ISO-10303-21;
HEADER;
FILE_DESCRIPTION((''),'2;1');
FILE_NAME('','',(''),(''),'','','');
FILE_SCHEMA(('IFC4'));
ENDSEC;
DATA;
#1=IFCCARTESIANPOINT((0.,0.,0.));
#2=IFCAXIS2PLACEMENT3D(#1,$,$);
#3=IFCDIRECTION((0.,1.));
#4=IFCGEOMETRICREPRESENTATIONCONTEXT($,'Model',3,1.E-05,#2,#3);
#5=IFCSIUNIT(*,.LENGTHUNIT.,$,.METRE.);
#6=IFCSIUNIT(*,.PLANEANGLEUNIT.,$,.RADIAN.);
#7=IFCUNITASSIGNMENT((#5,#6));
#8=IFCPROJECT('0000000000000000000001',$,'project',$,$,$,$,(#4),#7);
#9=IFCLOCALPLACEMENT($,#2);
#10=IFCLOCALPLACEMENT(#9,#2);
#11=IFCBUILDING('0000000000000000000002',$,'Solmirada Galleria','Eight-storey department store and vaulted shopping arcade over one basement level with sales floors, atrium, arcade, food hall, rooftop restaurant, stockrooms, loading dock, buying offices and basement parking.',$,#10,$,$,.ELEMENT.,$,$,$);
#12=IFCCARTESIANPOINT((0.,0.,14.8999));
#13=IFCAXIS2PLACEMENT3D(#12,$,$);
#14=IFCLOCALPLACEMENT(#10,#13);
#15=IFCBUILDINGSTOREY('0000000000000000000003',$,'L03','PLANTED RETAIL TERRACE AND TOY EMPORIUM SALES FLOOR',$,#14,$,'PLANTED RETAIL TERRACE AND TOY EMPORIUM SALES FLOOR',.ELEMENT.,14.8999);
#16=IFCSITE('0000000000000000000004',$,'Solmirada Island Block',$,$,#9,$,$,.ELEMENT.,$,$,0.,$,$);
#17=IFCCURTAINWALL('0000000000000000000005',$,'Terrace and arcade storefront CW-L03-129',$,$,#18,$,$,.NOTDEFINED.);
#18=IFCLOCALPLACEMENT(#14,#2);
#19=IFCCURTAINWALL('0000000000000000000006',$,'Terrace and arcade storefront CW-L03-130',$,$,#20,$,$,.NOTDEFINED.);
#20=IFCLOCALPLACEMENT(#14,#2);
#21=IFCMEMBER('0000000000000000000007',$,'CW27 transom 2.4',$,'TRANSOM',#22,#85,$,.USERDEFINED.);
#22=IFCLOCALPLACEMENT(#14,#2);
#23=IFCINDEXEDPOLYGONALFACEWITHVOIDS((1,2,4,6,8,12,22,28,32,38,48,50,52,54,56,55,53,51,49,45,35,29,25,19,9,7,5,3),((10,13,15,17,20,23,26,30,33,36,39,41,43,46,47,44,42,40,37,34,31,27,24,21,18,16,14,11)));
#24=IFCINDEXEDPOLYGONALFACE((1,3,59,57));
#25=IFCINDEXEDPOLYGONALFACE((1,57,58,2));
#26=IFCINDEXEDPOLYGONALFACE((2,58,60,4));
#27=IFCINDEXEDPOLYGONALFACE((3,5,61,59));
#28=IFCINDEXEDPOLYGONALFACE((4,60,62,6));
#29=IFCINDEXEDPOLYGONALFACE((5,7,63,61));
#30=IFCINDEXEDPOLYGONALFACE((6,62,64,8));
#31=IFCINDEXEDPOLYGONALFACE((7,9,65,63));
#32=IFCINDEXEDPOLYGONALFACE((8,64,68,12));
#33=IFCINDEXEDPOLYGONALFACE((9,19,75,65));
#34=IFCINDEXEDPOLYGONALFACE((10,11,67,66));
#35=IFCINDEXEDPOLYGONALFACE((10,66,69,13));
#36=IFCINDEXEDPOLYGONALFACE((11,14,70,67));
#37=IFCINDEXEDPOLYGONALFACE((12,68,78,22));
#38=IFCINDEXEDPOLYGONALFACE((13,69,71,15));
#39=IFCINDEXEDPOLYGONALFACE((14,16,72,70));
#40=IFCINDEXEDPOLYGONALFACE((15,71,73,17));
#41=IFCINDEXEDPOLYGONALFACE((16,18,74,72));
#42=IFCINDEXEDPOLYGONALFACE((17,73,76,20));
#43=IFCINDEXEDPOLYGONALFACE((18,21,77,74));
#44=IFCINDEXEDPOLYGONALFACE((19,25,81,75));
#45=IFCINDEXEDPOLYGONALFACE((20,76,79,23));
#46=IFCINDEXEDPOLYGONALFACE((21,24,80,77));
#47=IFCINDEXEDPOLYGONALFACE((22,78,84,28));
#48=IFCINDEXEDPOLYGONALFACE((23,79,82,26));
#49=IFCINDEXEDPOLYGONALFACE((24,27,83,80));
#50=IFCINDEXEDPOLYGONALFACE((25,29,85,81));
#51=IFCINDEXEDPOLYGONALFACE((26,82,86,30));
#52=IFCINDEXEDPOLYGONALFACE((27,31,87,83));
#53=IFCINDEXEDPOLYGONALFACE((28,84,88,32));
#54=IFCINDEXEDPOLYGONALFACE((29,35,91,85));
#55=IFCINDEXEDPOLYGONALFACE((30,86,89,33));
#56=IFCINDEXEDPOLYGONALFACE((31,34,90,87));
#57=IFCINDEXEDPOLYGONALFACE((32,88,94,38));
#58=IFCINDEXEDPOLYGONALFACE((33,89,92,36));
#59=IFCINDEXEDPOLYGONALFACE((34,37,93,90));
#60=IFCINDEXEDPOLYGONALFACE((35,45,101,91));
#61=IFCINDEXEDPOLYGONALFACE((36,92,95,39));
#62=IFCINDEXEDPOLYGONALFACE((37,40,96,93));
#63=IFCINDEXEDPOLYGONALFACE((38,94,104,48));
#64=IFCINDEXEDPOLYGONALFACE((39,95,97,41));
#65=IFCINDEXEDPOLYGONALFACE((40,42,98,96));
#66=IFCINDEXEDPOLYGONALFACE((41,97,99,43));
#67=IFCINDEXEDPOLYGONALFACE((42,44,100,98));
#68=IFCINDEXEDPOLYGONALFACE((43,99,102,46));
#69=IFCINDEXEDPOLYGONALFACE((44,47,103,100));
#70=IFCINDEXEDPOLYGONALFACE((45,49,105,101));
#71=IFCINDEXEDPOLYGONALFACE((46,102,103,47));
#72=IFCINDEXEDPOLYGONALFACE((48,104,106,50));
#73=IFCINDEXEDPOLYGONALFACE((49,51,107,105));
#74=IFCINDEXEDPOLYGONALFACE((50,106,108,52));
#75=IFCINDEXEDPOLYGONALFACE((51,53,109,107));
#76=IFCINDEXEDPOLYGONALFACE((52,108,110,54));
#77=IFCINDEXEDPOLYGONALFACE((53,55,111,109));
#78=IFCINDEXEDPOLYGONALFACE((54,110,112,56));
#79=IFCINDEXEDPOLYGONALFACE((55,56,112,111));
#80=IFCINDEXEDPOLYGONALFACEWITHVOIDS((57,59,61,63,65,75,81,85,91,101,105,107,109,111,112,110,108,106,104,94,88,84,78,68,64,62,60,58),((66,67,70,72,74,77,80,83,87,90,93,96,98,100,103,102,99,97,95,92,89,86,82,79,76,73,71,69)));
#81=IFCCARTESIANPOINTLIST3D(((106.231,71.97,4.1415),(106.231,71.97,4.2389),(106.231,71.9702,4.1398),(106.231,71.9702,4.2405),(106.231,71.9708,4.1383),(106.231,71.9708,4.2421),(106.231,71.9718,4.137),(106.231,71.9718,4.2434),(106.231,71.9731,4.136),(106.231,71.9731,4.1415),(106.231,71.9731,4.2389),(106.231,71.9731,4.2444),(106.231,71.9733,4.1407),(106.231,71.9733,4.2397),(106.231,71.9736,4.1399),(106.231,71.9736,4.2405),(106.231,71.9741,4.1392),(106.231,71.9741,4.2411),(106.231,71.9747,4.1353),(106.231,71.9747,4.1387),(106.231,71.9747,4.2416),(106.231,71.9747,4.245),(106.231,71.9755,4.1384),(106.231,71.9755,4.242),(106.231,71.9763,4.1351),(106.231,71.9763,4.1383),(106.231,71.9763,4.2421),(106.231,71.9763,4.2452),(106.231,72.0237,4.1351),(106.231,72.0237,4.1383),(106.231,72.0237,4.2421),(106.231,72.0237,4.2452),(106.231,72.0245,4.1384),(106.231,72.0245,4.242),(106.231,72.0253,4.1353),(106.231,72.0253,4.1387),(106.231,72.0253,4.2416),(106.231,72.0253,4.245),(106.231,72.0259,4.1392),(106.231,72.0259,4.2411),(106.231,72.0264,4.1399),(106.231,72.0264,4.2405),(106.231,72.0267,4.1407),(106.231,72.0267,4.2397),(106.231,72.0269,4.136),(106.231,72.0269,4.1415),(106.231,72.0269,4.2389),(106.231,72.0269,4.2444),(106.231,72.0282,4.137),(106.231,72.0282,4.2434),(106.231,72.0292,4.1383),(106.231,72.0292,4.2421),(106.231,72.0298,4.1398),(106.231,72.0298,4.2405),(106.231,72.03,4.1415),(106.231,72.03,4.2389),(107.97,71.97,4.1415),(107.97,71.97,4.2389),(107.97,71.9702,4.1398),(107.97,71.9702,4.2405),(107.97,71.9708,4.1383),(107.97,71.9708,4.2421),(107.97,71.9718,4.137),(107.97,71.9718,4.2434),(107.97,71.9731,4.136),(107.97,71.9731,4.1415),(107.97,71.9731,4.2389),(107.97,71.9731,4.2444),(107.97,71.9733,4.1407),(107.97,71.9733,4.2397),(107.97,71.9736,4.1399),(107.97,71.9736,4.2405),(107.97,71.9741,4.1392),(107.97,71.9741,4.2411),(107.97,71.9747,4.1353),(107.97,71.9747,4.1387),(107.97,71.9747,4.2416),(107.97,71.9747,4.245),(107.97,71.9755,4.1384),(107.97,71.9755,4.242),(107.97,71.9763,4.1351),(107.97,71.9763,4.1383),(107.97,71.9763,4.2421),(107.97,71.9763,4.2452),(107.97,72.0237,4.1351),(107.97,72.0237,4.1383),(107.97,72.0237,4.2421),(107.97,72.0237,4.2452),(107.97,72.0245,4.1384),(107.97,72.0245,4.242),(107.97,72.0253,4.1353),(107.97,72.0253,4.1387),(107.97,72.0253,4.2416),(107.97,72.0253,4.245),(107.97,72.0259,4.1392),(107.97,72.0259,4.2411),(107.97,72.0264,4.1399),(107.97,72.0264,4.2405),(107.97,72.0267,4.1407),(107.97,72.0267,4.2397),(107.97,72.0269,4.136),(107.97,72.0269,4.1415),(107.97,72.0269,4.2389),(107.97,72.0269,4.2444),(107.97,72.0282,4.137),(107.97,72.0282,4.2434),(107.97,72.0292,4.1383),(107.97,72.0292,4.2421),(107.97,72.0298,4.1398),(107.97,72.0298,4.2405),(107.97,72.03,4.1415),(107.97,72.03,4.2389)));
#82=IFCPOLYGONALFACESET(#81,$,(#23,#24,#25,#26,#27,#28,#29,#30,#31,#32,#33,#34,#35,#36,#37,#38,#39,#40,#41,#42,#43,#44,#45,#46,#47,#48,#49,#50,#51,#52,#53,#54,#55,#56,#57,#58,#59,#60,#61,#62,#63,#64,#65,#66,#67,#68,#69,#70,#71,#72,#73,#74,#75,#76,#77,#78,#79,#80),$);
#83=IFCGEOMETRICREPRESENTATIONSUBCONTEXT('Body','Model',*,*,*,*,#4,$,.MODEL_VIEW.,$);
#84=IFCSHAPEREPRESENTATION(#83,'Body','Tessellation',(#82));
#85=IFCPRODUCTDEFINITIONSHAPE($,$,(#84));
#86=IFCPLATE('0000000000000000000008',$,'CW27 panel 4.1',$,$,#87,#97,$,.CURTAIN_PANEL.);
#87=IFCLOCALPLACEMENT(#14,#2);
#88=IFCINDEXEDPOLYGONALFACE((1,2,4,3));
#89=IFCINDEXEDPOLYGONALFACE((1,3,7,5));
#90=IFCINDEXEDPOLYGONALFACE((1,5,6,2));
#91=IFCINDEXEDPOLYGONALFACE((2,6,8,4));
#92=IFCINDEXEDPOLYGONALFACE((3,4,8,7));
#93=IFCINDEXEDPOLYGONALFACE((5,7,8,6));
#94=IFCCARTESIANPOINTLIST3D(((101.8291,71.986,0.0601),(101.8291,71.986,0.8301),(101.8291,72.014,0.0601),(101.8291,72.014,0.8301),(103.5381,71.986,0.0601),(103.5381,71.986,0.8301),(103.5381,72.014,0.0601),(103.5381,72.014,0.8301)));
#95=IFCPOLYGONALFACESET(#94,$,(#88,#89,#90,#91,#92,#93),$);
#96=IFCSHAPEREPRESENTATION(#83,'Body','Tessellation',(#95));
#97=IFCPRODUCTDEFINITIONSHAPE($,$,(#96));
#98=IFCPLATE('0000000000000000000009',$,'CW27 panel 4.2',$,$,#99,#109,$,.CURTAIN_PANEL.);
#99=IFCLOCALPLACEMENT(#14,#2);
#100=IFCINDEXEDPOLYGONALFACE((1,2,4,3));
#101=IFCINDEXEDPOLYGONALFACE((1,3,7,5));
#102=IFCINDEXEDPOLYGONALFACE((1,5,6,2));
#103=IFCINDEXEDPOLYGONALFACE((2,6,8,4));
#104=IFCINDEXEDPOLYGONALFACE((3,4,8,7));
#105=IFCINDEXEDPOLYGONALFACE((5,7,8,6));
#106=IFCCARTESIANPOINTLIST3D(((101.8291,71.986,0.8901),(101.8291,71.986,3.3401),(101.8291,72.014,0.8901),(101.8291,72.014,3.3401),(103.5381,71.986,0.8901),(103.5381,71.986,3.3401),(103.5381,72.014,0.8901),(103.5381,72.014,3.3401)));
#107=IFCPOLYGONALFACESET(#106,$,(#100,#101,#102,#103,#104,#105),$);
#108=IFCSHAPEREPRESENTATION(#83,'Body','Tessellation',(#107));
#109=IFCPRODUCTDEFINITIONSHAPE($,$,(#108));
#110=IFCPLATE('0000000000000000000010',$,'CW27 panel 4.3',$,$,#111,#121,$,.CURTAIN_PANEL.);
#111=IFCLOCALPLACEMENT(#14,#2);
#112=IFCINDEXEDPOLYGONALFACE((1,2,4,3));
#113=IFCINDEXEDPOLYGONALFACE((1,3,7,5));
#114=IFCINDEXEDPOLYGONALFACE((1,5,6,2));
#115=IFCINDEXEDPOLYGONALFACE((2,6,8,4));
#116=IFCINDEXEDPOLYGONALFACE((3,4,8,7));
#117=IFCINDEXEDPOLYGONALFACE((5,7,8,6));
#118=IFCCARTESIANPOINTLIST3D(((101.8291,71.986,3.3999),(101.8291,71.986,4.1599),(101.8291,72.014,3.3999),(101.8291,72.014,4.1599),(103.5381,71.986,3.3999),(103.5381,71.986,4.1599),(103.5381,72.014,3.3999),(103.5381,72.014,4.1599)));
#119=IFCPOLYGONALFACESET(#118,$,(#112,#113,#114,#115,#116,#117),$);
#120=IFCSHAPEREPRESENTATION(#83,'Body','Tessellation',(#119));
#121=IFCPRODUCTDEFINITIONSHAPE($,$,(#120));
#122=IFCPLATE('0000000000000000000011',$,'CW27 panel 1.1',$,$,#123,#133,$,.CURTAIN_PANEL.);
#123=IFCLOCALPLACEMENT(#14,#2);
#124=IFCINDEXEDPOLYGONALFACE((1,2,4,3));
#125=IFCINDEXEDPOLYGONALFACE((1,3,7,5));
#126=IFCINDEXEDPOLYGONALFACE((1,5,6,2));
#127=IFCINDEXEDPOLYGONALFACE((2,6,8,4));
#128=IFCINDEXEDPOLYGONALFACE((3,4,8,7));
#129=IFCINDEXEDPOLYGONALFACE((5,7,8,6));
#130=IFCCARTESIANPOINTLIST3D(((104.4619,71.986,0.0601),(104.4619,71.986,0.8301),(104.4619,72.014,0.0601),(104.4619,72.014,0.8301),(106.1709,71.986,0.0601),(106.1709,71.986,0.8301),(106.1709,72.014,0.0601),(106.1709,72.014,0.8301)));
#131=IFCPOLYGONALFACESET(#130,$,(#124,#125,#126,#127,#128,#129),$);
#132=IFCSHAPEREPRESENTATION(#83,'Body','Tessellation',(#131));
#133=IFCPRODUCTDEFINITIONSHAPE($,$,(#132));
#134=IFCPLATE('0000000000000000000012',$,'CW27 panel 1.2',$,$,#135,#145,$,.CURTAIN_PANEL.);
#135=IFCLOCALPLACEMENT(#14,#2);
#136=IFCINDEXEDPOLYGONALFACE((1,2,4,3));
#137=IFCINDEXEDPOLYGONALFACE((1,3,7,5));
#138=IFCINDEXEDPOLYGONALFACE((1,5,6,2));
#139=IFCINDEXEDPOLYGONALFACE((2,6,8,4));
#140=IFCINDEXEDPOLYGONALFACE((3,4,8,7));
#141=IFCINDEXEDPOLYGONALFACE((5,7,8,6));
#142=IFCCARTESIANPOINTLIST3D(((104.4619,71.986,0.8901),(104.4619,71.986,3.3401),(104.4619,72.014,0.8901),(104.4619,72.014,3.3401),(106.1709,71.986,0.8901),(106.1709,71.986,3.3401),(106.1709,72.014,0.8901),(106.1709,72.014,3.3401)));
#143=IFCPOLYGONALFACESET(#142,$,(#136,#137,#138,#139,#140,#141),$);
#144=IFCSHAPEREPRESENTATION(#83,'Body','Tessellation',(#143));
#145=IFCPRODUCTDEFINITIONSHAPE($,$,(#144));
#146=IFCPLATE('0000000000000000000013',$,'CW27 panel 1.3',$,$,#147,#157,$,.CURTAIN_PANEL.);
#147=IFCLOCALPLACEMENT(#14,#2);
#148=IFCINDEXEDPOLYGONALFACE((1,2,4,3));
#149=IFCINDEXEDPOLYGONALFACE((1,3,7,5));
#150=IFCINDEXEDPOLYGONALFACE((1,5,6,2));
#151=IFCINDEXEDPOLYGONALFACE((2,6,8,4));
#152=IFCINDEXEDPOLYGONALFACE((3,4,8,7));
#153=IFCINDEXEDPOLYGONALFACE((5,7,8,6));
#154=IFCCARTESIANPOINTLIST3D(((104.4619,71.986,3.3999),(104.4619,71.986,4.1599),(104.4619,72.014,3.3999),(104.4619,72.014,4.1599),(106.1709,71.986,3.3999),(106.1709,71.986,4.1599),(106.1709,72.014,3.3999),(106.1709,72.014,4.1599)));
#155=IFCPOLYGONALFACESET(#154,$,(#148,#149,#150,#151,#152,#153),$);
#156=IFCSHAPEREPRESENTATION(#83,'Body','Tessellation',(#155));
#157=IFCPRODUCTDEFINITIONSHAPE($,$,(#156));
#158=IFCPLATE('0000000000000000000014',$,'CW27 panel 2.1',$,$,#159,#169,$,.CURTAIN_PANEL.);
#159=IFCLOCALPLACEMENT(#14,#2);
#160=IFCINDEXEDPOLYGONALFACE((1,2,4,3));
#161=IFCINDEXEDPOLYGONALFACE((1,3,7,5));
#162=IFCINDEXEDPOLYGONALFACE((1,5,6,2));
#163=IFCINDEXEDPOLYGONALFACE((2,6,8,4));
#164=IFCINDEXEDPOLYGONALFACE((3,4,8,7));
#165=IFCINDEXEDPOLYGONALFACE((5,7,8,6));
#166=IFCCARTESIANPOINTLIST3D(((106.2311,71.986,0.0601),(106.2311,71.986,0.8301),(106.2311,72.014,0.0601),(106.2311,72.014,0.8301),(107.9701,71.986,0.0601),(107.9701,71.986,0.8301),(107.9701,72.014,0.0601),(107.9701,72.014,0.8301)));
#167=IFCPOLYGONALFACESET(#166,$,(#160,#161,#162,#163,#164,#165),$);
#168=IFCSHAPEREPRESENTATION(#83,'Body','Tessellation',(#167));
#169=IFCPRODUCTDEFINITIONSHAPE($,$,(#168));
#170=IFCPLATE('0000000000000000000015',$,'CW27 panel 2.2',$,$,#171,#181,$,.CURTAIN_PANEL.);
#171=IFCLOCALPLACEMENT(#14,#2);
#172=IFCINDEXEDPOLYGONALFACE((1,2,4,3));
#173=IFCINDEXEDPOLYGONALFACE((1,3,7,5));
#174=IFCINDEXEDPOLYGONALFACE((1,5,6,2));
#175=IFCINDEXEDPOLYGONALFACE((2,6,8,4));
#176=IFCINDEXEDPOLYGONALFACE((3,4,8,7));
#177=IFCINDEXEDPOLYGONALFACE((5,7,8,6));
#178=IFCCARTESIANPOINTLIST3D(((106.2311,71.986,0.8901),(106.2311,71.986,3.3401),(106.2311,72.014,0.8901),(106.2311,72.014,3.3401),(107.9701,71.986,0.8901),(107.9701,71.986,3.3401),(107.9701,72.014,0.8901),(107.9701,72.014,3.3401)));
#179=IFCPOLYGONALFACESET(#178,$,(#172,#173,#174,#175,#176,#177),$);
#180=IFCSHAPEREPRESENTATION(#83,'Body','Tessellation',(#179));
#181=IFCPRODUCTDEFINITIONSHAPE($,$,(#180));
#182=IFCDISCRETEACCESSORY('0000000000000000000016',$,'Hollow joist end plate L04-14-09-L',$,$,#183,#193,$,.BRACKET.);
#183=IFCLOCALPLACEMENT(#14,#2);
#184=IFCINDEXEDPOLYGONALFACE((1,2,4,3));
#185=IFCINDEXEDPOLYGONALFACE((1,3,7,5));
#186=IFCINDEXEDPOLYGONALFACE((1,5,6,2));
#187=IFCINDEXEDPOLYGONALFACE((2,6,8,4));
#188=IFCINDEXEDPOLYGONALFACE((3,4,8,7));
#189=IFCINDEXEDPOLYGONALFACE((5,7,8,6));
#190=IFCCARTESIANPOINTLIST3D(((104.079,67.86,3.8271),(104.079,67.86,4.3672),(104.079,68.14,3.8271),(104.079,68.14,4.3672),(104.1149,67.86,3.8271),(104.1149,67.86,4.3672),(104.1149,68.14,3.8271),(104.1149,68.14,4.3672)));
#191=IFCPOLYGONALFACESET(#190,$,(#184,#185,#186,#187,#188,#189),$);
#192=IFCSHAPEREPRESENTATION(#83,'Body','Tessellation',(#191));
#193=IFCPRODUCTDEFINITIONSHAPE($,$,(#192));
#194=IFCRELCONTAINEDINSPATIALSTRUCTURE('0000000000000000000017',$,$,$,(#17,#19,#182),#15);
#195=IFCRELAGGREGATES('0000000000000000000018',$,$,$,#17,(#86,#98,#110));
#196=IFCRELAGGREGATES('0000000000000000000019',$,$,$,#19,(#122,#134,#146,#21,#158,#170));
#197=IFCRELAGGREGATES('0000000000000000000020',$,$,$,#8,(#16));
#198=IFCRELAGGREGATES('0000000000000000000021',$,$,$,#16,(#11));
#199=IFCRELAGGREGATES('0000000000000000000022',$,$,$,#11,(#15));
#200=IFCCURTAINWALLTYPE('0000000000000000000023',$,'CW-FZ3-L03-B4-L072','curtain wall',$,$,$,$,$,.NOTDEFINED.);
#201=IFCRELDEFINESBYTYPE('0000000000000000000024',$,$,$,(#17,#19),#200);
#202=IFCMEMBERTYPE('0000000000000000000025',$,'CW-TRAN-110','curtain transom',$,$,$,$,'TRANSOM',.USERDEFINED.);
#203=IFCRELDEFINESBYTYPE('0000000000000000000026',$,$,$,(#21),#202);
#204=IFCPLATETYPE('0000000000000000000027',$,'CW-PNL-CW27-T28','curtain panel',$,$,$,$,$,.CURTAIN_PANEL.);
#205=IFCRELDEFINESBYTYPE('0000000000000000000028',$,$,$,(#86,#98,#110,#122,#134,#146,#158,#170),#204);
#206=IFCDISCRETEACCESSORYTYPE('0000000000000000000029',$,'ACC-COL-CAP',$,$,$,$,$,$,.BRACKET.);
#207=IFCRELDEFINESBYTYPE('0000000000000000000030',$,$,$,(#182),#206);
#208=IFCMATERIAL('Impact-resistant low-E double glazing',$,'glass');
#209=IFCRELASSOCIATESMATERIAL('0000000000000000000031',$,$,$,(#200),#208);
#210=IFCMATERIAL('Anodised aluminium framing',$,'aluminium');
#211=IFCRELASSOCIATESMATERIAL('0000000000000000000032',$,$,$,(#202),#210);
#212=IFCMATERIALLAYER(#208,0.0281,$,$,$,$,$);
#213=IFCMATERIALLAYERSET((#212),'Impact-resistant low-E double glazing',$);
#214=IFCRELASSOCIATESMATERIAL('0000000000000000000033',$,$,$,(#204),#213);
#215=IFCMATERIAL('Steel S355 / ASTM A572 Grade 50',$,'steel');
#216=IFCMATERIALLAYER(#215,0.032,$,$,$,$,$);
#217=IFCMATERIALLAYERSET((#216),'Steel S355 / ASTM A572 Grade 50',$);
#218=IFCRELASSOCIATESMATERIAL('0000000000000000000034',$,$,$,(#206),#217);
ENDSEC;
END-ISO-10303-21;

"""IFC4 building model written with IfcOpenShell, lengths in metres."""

from ifc_helpers import new_model, si_unit, direction, frame, origin, origin_2d, place, context, subcontext, project, spatial, rectangle, hollow_rectangle, extrude, material, layer, layer_set, material_profile, profile_set, type_object, element, aggregate, save


model = new_model("IFC4")

# Units and contexts
model_context = context("Model", 3, precision=1e-05, world=origin(), true_north=direction((0.0, 1.0)))
body_context = subcontext(model_context, "Body", "Model", "MODEL_VIEW")
ifc_project = project(units=[si_unit("LENGTHUNIT", "METRE"), si_unit("PLANEANGLEUNIT", "RADIAN")], contexts=[model_context])

# Site, building, storey
site_placement = place(None, origin())
site = spatial("IfcSite", under=ifc_project, at=site_placement, Name="Solmirada Island Block", CompositionType="ELEMENT", RefElevation=0.0)
building_placement = place(site_placement, origin())
building = spatial("IfcBuilding", under=site, at=building_placement, Name="Solmirada Galleria", Description="Eight-storey department store and vaulted shopping arcade over one basement level with sales floors, atrium, arcade, food hall, rooftop restaurant, stockrooms, loading dock, buying offices and basement parking.", CompositionType="ELEMENT")
storey_placement = place(building_placement, frame((0.0, 0.0, 14.8999)))
storey = spatial("IfcBuildingStorey", under=building, at=storey_placement, Name="L03", Description="PLANTED RETAIL TERRACE AND TOY EMPORIUM SALES FLOOR", LongName="PLANTED RETAIL TERRACE AND TOY EMPORIUM SALES FLOOR", CompositionType="ELEMENT", Elevation=14.8999)

# Curtain wall
ifc_material_1 = material(Name="Impact-resistant low-E double glazing", Category="glass")
curtain_wall_type = type_object("IfcCurtainWallType", Name="CW-FZ3-L03-B4-L072", Description="curtain wall", PredefinedType="NOTDEFINED", material=ifc_material_1)
curtain_wall_1_placement = place(storey_placement, origin())
curtain_wall_1 = element("IfcCurtainWall", 1, at=curtain_wall_1_placement, inside=storey, type_object=curtain_wall_type, Name="Terrace and arcade storefront CW-L03-129", PredefinedType="NOTDEFINED")
ifc_material_2 = material(Name="Anodised aluminium framing", Category="aluminium")

# Curtain wall
curtain_wall_2_placement = place(storey_placement, origin())
curtain_wall_2 = element("IfcCurtainWall", 2, at=curtain_wall_2_placement, inside=storey, type_object=curtain_wall_type, Name="Terrace and arcade storefront CW-L03-130", PredefinedType="NOTDEFINED")

# Member
ifc_material_profile_1 = material_profile(ifc_material_2, hollow_rectangle(XDim=0.0601, YDim=0.1101, WallThickness=0.0032, InnerFilletRadius=0.0032, OuterFilletRadius=0.0063, at=origin_2d()), Name="ALU-TRAN-110X60")
ifc_profile_set_1 = profile_set([ifc_material_profile_1], Name="Anodised aluminium framing")
member_type_1 = type_object("IfcMemberType", Name="CW-TRAN-110", Description="curtain transom", ElementType="TRANSOM", PredefinedType="USERDEFINED", material=ifc_profile_set_1)
member_1_placement = place(storey_placement, frame((106.231, 72.0, 4.1902), z_axis=(1.0, 0.0, 0.0), x_axis=(0.0, 1.0, 0.0)))
member_1 = element("IfcMember", 3, at=member_1_placement, type_object=member_type_1, Name="CW27 transom 2.4", ObjectType="TRANSOM", PredefinedType="USERDEFINED", context=body_context, shape_type="SweptSolid", body=[
    extrude(hollow_rectangle(XDim=0.0601, YDim=0.1101, WallThickness=0.0032, InnerFilletRadius=0.0032, OuterFilletRadius=0.0063, at=origin_2d()), origin(), (0.0, 0.0, 1.0), 1.739),
])

# Plates
ifc_layer_1 = layer(ifc_material_1, 0.0281)
ifc_layer_set_1 = layer_set([ifc_layer_1], Name="Impact-resistant low-E double glazing")
plate_type = type_object("IfcPlateType", Name="CW-PNL-CW27-T28", Description="curtain panel", PredefinedType="CURTAIN_PANEL", material=ifc_layer_set_1)
plate_1_placement = place(storey_placement, frame((102.6836, 72.0, 0.0601), z_axis=(0.0, 0.0, 1.0), x_axis=(1.0, 0.0, 0.0)))
plate_1 = element("IfcPlate", 4, at=plate_1_placement, type_object=plate_type, Name="CW27 panel 4.1", PredefinedType="CURTAIN_PANEL", context=body_context, shape_type="SweptSolid", body=[
    extrude(rectangle(XDim=1.709, YDim=0.0281, at=origin_2d()), origin(), (0.0, 0.0, 1.0), 0.77),
])
plate_2_placement = place(storey_placement, frame((102.6836, 72.0, 0.8901), z_axis=(0.0, 0.0, 1.0), x_axis=(1.0, 0.0, 0.0)))
plate_2 = element("IfcPlate", 5, at=plate_2_placement, type_object=plate_type, Name="CW27 panel 4.2", PredefinedType="CURTAIN_PANEL", context=body_context, shape_type="SweptSolid", body=[
    extrude(rectangle(XDim=1.709, YDim=0.0281, at=origin_2d()), origin(), (0.0, 0.0, 1.0), 2.45),
])
plate_3_placement = place(storey_placement, frame((102.6836, 72.0, 3.3999), z_axis=(0.0, 0.0, 1.0), x_axis=(1.0, 0.0, 0.0)))
plate_3 = element("IfcPlate", 6, at=plate_3_placement, type_object=plate_type, Name="CW27 panel 4.3", PredefinedType="CURTAIN_PANEL", context=body_context, shape_type="SweptSolid", body=[
    extrude(rectangle(XDim=1.709, YDim=0.0281, at=origin_2d()), origin(), (0.0, 0.0, 1.0), 0.76),
])
aggregate(curtain_wall_1, [plate_1, plate_2, plate_3])
plate_4_placement = place(storey_placement, frame((105.3164, 72.0, 0.0601), z_axis=(0.0, 0.0, 1.0), x_axis=(1.0, 0.0, 0.0)))
plate_4 = element("IfcPlate", 7, at=plate_4_placement, type_object=plate_type, Name="CW27 panel 1.1", PredefinedType="CURTAIN_PANEL", context=body_context, shape_type="SweptSolid", body=[
    extrude(rectangle(XDim=1.709, YDim=0.0281, at=origin_2d()), origin(), (0.0, 0.0, 1.0), 0.77),
])
plate_5_placement = place(storey_placement, frame((105.3164, 72.0, 0.8901), z_axis=(0.0, 0.0, 1.0), x_axis=(1.0, 0.0, 0.0)))
plate_5 = element("IfcPlate", 8, at=plate_5_placement, type_object=plate_type, Name="CW27 panel 1.2", PredefinedType="CURTAIN_PANEL", context=body_context, shape_type="SweptSolid", body=[
    extrude(rectangle(XDim=1.709, YDim=0.0281, at=origin_2d()), origin(), (0.0, 0.0, 1.0), 2.45),
])
plate_6_placement = place(storey_placement, frame((105.3164, 72.0, 3.3999), z_axis=(0.0, 0.0, 1.0), x_axis=(1.0, 0.0, 0.0)))
plate_6 = element("IfcPlate", 9, at=plate_6_placement, type_object=plate_type, Name="CW27 panel 1.3", PredefinedType="CURTAIN_PANEL", context=body_context, shape_type="SweptSolid", body=[
    extrude(rectangle(XDim=1.709, YDim=0.0281, at=origin_2d()), origin(), (0.0, 0.0, 1.0), 0.76),
])
plate_7_placement = place(storey_placement, frame((107.1006, 72.0, 0.0601), z_axis=(0.0, 0.0, 1.0), x_axis=(1.0, 0.0, 0.0)))
plate_7 = element("IfcPlate", 10, at=plate_7_placement, type_object=plate_type, Name="CW27 panel 2.1", PredefinedType="CURTAIN_PANEL", context=body_context, shape_type="SweptSolid", body=[
    extrude(rectangle(XDim=1.739, YDim=0.0281, at=origin_2d()), origin(), (0.0, 0.0, 1.0), 0.77),
])
plate_8_placement = place(storey_placement, frame((107.1006, 72.0, 0.8901), z_axis=(0.0, 0.0, 1.0), x_axis=(1.0, 0.0, 0.0)))
plate_8 = element("IfcPlate", 11, at=plate_8_placement, type_object=plate_type, Name="CW27 panel 2.2", PredefinedType="CURTAIN_PANEL", context=body_context, shape_type="SweptSolid", body=[
    extrude(rectangle(XDim=1.739, YDim=0.0281, at=origin_2d()), origin(), (0.0, 0.0, 1.0), 2.45),
])
aggregate(curtain_wall_2, [plate_4, plate_5, plate_6, member_1, plate_7, plate_8])

# Discrete accessory
ifc_material_3 = material(Name="Steel S355 / ASTM A572 Grade 50", Category="steel")
ifc_layer_2 = layer(ifc_material_3, 0.032)
ifc_layer_set_2 = layer_set([ifc_layer_2], Name="Steel S355 / ASTM A572 Grade 50")
discrete_accessory_type = type_object("IfcDiscreteAccessoryType", Name="ACC-COL-CAP", PredefinedType="BRACKET", material=ifc_layer_set_2)
for number, where, z_axis, x_axis, name in (
    (12, (104.0969, 68.0, 3.8271), (0.0, 0.0, 1.0), (1.0, 0.0, 0.0), "Hollow joist end plate L04-14-09-L"),
):
    element("IfcDiscreteAccessory", number, at=place(storey_placement, frame(where, z_axis=z_axis, x_axis=x_axis)), inside=storey, type_object=discrete_accessory_type, Name=name, PredefinedType="BRACKET", context=body_context, shape_type="SweptSolid", body=[
        extrude(rectangle(XDim=0.0359, YDim=0.28, at=origin_2d()), origin(), (0.0, 0.0, 1.0), 0.54),
    ])

save(model, "model.ifc")
